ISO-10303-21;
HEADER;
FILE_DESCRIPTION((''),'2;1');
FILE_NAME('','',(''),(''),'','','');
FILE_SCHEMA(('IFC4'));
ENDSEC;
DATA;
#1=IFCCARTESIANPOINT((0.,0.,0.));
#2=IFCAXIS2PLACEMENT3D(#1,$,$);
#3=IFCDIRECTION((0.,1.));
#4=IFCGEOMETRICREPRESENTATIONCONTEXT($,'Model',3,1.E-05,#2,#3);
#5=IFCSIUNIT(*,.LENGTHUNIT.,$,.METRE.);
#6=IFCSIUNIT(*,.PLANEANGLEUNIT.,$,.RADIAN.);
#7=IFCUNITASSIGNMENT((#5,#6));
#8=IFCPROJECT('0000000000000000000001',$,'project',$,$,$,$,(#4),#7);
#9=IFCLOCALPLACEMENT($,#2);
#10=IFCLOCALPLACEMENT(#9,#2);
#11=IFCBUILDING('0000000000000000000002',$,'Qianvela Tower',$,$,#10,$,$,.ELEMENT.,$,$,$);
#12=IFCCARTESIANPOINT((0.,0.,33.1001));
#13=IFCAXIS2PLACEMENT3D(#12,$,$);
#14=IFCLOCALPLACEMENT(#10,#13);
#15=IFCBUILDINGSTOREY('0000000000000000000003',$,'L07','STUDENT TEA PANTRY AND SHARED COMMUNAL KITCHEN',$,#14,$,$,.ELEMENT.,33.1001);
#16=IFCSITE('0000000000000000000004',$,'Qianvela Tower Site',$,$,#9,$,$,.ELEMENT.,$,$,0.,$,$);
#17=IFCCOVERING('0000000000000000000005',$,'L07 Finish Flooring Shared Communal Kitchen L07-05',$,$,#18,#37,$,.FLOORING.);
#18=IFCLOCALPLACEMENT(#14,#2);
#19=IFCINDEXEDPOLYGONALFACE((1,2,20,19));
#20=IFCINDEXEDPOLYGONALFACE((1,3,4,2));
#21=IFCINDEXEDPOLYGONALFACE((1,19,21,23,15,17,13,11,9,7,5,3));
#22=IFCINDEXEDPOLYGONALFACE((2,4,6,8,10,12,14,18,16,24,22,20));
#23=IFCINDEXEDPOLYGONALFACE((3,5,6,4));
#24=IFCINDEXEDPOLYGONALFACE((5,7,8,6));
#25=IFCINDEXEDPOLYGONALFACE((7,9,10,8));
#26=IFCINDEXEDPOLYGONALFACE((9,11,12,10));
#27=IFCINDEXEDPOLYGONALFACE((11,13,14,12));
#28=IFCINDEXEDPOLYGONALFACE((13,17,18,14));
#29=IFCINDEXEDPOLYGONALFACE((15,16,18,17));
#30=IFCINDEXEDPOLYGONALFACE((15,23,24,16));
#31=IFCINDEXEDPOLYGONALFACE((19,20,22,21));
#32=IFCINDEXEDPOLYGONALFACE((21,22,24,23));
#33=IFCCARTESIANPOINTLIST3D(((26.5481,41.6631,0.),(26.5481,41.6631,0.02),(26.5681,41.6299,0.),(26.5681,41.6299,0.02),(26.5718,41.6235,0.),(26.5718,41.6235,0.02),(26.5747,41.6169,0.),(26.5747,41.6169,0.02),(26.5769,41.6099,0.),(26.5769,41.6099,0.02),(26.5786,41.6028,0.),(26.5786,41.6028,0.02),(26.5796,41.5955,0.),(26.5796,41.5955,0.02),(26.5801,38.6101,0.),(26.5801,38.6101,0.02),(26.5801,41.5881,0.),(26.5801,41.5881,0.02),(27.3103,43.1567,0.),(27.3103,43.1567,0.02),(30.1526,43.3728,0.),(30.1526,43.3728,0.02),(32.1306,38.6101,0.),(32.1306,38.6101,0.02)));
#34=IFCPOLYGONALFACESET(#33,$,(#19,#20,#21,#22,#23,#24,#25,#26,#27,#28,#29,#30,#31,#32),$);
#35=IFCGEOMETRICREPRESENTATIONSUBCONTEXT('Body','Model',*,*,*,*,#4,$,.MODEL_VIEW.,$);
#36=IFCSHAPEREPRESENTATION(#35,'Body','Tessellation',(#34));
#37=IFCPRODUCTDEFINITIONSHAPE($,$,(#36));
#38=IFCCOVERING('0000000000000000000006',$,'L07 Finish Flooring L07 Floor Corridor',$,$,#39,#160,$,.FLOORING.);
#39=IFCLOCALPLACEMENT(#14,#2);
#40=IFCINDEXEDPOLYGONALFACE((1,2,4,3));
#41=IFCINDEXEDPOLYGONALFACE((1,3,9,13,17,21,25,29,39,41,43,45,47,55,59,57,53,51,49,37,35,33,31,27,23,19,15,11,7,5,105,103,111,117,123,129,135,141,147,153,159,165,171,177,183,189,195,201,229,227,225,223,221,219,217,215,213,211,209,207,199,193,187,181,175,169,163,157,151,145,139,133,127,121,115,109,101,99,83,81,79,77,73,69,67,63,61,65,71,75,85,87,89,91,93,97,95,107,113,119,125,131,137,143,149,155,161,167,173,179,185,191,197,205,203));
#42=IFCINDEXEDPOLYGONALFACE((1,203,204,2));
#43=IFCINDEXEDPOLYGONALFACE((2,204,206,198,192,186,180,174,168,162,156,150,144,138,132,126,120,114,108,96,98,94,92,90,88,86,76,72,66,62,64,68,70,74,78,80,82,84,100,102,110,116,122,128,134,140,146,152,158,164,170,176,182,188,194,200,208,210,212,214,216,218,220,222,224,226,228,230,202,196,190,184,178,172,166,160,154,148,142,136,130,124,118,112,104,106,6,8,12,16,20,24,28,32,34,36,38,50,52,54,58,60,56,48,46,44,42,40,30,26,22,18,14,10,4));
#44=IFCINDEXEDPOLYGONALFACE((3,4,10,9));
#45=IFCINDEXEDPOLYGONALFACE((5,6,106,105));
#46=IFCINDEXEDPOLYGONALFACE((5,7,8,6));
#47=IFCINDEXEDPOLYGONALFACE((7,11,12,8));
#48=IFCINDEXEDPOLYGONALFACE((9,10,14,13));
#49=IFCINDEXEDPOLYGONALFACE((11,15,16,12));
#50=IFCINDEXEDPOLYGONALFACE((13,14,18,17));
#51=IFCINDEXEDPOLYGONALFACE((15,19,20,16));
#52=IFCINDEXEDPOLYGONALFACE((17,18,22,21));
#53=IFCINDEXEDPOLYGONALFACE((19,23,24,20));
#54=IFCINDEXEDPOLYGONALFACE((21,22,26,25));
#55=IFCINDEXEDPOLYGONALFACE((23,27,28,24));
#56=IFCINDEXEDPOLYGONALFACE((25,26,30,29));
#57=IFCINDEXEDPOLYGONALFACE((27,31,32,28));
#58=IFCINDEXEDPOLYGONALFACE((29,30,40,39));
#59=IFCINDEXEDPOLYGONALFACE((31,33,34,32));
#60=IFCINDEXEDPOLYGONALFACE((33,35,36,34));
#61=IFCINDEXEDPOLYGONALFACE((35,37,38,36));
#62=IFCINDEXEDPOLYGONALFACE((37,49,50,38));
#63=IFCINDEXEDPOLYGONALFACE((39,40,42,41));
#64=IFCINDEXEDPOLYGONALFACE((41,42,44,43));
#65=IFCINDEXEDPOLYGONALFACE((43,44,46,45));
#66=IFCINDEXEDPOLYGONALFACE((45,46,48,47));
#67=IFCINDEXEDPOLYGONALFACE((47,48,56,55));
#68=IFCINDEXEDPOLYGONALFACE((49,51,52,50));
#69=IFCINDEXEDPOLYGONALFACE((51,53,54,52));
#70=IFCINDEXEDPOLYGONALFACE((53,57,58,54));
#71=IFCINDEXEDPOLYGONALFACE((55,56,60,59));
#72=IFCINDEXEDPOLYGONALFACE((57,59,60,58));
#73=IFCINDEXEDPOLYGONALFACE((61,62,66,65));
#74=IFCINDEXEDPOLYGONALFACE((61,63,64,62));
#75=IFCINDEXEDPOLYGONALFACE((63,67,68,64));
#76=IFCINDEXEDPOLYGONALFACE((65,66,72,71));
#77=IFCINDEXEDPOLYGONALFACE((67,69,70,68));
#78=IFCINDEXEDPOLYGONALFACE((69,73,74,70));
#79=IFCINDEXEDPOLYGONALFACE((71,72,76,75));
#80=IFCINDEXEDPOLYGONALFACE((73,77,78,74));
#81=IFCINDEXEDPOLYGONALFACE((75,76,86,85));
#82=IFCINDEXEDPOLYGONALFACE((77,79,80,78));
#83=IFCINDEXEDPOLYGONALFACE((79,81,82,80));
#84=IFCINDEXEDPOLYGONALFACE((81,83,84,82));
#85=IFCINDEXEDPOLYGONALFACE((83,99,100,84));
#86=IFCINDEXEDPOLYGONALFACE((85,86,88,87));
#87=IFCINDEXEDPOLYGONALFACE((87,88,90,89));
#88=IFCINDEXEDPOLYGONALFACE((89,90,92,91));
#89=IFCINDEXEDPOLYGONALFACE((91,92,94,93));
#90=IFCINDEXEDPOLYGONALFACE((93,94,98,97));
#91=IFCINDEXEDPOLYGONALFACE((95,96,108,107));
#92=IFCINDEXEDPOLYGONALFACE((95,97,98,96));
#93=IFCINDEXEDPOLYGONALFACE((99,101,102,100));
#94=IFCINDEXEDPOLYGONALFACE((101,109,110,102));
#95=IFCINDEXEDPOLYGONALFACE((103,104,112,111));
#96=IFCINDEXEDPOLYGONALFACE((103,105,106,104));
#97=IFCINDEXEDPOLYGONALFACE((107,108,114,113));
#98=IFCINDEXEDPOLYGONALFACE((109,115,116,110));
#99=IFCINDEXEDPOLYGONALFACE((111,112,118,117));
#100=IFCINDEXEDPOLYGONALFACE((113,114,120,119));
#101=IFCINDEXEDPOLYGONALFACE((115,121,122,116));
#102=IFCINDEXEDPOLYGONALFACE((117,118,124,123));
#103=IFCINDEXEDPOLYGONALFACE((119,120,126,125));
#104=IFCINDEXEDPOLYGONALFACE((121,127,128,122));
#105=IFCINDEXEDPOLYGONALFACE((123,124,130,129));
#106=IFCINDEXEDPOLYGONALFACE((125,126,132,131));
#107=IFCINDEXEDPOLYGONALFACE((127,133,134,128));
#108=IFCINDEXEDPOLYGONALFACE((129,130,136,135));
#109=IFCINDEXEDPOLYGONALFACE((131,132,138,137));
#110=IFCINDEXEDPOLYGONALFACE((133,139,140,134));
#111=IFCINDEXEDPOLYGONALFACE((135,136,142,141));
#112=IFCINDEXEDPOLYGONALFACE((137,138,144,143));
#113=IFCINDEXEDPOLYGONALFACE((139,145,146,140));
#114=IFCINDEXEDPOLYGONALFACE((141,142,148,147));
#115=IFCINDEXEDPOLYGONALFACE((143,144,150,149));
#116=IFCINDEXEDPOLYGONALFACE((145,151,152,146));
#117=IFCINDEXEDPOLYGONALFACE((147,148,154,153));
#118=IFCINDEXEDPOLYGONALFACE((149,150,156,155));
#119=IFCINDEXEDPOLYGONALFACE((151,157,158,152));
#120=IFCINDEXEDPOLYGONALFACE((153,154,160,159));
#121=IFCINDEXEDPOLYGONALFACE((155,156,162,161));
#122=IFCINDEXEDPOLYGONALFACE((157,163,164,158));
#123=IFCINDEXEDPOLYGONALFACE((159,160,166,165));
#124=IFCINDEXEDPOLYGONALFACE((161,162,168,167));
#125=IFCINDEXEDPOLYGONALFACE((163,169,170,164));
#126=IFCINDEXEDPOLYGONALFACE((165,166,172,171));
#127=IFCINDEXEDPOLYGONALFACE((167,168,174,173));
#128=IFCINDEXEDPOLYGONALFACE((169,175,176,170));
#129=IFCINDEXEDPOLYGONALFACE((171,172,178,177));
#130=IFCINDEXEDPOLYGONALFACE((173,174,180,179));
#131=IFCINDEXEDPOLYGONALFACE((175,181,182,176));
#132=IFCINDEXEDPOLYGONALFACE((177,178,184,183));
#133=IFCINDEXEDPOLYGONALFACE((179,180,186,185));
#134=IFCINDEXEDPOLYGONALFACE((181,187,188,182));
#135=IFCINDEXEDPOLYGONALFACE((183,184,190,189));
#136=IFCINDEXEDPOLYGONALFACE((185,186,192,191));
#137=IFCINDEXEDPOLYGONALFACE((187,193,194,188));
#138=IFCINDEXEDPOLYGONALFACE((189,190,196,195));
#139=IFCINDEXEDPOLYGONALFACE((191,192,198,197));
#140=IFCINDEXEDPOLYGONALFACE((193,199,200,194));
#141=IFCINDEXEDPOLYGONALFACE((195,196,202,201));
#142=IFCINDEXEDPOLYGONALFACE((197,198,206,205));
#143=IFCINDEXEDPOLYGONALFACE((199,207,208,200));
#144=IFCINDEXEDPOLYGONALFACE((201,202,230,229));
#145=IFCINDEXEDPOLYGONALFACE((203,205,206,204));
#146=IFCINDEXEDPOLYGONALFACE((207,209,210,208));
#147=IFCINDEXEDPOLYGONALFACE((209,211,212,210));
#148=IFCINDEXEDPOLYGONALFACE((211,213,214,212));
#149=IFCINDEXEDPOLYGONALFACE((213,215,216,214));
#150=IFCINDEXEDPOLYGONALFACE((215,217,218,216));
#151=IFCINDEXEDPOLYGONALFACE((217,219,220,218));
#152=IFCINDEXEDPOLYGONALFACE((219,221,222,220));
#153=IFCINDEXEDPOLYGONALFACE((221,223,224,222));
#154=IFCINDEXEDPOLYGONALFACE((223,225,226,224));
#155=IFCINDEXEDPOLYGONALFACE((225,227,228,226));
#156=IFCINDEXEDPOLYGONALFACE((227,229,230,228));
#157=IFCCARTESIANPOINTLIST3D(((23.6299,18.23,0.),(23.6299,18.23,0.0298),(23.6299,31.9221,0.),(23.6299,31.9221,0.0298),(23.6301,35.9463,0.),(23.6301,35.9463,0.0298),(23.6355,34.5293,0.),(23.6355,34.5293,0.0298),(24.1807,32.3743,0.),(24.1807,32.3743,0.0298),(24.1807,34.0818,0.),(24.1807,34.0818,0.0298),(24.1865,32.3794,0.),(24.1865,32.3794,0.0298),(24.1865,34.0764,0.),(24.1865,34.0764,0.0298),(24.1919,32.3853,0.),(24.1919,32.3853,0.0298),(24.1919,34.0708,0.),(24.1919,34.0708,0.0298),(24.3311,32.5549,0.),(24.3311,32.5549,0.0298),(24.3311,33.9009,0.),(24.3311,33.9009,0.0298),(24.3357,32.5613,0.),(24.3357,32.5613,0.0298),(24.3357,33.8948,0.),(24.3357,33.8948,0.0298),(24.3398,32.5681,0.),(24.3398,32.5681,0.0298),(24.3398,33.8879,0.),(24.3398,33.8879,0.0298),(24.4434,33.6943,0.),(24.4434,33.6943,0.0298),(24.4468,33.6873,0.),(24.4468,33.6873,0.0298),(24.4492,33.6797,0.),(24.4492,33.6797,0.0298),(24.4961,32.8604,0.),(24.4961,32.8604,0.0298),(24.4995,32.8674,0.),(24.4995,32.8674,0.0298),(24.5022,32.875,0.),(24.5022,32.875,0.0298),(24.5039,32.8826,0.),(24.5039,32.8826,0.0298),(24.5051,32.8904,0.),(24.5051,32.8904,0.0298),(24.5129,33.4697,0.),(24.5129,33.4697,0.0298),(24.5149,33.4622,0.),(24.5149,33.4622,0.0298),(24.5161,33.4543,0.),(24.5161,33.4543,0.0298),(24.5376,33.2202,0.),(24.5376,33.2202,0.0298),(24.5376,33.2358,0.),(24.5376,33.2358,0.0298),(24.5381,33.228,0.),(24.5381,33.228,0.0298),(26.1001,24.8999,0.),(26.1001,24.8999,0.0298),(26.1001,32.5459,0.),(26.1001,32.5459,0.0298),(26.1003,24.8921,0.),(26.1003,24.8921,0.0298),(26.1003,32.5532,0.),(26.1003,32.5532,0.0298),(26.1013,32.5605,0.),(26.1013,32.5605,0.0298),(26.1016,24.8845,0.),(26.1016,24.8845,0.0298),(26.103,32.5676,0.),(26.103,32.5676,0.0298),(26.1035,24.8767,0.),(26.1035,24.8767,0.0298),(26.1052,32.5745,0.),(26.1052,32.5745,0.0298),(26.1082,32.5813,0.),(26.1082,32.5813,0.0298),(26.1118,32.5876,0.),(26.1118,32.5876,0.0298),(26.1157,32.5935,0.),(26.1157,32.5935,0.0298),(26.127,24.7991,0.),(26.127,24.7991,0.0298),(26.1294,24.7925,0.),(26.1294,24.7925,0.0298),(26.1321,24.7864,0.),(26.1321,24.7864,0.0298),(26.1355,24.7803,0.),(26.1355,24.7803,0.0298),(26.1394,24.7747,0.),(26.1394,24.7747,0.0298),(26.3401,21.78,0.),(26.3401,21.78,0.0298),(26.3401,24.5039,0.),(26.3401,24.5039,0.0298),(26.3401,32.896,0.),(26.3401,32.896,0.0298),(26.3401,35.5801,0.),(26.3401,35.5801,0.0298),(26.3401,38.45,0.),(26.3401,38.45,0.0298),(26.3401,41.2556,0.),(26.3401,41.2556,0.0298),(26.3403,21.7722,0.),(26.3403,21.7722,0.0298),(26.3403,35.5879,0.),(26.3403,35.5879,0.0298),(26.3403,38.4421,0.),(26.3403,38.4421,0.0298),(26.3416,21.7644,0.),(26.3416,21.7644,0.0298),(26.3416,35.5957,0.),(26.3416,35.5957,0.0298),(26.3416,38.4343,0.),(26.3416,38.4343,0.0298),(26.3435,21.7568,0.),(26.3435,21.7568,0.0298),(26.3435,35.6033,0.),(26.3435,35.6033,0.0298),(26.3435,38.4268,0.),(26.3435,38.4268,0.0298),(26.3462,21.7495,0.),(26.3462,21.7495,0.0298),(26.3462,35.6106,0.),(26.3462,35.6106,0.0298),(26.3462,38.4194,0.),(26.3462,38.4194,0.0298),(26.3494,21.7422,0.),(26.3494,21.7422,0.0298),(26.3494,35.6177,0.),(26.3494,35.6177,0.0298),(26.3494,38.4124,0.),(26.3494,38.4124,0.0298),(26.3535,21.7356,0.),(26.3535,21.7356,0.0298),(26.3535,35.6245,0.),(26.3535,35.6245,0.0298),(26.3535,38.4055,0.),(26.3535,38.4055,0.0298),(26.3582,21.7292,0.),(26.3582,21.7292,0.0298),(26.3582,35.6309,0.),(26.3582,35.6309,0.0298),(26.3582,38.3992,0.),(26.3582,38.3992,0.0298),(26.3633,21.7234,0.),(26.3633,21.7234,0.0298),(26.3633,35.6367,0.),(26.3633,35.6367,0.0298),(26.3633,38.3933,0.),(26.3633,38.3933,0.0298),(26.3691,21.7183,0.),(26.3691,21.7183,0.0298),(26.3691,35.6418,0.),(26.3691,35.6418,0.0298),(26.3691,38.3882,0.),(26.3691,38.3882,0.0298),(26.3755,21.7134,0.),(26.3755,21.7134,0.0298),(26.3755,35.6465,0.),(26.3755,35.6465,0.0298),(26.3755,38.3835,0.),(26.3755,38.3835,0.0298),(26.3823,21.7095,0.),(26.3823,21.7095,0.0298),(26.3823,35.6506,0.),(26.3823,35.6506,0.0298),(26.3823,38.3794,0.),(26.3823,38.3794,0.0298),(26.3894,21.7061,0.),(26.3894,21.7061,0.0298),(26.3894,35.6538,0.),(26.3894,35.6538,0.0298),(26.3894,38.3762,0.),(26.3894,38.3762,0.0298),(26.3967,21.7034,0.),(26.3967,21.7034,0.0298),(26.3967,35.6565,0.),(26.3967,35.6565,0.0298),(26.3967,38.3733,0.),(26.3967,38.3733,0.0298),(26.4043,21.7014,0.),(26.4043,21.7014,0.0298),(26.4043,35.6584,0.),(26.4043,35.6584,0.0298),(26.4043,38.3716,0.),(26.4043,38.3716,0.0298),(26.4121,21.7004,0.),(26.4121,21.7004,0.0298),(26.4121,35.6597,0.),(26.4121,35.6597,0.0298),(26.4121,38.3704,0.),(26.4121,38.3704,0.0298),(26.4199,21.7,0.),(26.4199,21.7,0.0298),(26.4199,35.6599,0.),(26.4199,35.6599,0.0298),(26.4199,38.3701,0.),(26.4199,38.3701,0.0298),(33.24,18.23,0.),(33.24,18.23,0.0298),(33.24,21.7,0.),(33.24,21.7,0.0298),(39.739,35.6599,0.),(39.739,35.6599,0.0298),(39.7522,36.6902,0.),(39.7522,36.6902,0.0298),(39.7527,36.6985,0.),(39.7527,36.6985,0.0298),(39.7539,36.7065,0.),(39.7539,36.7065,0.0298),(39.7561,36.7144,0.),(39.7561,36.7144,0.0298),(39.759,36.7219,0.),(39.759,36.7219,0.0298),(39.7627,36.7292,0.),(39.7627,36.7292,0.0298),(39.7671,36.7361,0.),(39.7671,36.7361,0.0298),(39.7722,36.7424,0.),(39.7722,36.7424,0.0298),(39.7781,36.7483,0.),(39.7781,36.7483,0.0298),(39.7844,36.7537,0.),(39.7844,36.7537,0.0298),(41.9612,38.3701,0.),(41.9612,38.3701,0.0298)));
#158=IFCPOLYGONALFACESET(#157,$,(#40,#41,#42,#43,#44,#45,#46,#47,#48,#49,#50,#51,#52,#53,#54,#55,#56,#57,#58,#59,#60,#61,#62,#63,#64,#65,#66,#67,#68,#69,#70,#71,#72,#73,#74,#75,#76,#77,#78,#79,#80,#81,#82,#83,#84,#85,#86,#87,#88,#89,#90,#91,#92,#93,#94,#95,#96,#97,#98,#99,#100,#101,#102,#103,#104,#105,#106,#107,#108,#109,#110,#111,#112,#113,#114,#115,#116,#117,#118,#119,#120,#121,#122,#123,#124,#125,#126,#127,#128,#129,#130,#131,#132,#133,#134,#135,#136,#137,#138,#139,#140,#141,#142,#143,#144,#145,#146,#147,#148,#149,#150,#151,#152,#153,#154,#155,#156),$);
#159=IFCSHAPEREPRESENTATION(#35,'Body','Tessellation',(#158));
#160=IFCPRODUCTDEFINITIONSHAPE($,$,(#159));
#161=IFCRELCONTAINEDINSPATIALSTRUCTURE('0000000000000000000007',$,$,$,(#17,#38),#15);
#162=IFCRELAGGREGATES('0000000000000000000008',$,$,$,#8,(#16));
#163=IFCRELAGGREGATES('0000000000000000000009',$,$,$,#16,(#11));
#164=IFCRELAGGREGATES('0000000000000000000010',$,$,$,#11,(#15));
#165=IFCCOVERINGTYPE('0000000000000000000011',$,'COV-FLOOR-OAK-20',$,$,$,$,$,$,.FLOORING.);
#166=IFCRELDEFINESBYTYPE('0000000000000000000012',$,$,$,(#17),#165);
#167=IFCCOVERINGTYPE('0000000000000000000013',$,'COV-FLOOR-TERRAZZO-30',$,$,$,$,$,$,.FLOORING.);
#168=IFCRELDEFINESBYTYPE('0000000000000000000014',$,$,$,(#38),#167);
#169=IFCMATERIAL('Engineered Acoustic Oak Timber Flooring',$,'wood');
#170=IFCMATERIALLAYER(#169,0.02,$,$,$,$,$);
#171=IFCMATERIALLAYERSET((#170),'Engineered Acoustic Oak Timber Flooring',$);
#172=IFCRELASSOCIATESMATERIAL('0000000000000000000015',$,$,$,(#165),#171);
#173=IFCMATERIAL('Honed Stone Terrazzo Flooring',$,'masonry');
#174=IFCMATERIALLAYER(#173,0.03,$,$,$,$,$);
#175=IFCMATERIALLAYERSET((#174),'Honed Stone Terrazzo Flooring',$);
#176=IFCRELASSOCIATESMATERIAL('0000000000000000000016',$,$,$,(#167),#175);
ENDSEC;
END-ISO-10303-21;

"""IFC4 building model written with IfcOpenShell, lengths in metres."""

from ifc_helpers import new_model, si_unit, direction, frame, origin, place, context, subcontext, project, spatial, polyline, outline, extrude, material, layer, layer_set, type_object, element, save


model = new_model("IFC4")

# Units and contexts
model_context = context("Model", 3, precision=1e-05, world=origin(), true_north=direction((0.0, 1.0)))
body_context = subcontext(model_context, "Body", "Model", "MODEL_VIEW")
ifc_project = project(units=[si_unit("LENGTHUNIT", "METRE"), si_unit("PLANEANGLEUNIT", "RADIAN")], contexts=[model_context])

# Site, building, storey
site_placement = place(None, origin())
site = spatial("IfcSite", under=ifc_project, at=site_placement, Name="Qianvela Tower Site", CompositionType="ELEMENT", RefElevation=0.0)
building_placement = place(site_placement, origin())
building = spatial("IfcBuilding", under=site, at=building_placement, Name="Qianvela Tower", CompositionType="ELEMENT")
storey_placement = place(building_placement, frame((0.0, 0.0, 33.1001)))
storey = spatial("IfcBuildingStorey", under=building, at=storey_placement, Name="L07", Description="STUDENT TEA PANTRY AND SHARED COMMUNAL KITCHEN", CompositionType="ELEMENT", Elevation=33.1001)

# Coverings
ifc_material_1 = material(Name="Engineered Acoustic Oak Timber Flooring", Category="wood")
ifc_layer_1 = layer(ifc_material_1, 0.02)
ifc_layer_set_1 = layer_set([ifc_layer_1], Name="Engineered Acoustic Oak Timber Flooring")
covering_type_1 = type_object("IfcCoveringType", Name="COV-FLOOR-OAK-20", PredefinedType="FLOORING", material=ifc_layer_set_1)
covering_1_placement = place(storey_placement, origin())
element("IfcCovering", 1, at=covering_1_placement, inside=storey, type_object=covering_type_1, Name="L07 Finish Flooring Shared Communal Kitchen L07-05", PredefinedType="FLOORING", context=body_context, shape_type="SweptSolid", body=[
    extrude(outline(polyline([(26.5801, 41.5881), (26.5796, 41.5955), (26.5786, 41.6028), (26.5769, 41.6099), (26.5747, 41.6169), (26.5718, 41.6235), (26.5681, 41.6299), (26.5481, 41.6631), (27.3103, 43.1567), (30.1526, 43.3728), (32.1306, 38.6101), (26.5801, 38.6101), (26.5801, 41.5881)])), origin(), (0.0, 0.0, 1.0), 0.02),
])
ifc_material_2 = material(Name="Honed Stone Terrazzo Flooring", Category="masonry")
ifc_layer_2 = layer(ifc_material_2, 0.03)
ifc_layer_set_2 = layer_set([ifc_layer_2], Name="Honed Stone Terrazzo Flooring")
covering_type_2 = type_object("IfcCoveringType", Name="COV-FLOOR-TERRAZZO-30", PredefinedType="FLOORING", material=ifc_layer_set_2)
covering_2_placement = place(storey_placement, origin())
element("IfcCovering", 2, at=covering_2_placement, inside=storey, type_object=covering_type_2, Name="L07 Finish Flooring L07 Floor Corridor", PredefinedType="FLOORING", context=body_context, shape_type="SweptSolid", body=[
    extrude(outline(polyline([(24.5161, 33.4543), (24.5149, 33.4622), (24.5129, 33.4697), (24.4492, 33.6797), (24.4468, 33.6873), (24.4434, 33.6943), (24.3398, 33.8879), (24.3357, 33.8948), (24.3311, 33.9009), (24.1919, 34.0708), (24.1865, 34.0764), (24.1807, 34.0818), (23.6355, 34.5293), (23.6301, 35.9463), (26.3401, 41.2556), (26.3401, 38.45), (26.3403, 38.4421), (26.3416, 38.4343), (26.3435, 38.4268), (26.3462, 38.4194), (26.3494, 38.4124), (26.3535, 38.4055), (26.3582, 38.3992), (26.3633, 38.3933), (26.3691, 38.3882), (26.3755, 38.3835), (26.3823, 38.3794), (26.3894, 38.3762), (26.3967, 38.3733), (26.4043, 38.3716), (26.4121, 38.3704), (26.4199, 38.3701), (41.9612, 38.3701), (39.7844, 36.7537), (39.7781, 36.7483), (39.7722, 36.7424), (39.7671, 36.7361), (39.7627, 36.7292), (39.759, 36.7219), (39.7561, 36.7144), (39.7539, 36.7065), (39.7527, 36.6985), (39.7522, 36.6902), (39.739, 35.6599), (26.4199, 35.6599), (26.4121, 35.6597), (26.4043, 35.6584), (26.3967, 35.6565), (26.3894, 35.6538), (26.3823, 35.6506), (26.3755, 35.6465), (26.3691, 35.6418), (26.3633, 35.6367), (26.3582, 35.6309), (26.3535, 35.6245), (26.3494, 35.6177), (26.3462, 35.6106), (26.3435, 35.6033), (26.3416, 35.5957), (26.3403, 35.5879), (26.3401, 35.5801), (26.3401, 32.896), (26.1157, 32.5935), (26.1118, 32.5876), (26.1082, 32.5813), (26.1052, 32.5745), (26.103, 32.5676), (26.1013, 32.5605), (26.1003, 32.5532), (26.1001, 32.5459), (26.1001, 24.8999), (26.1003, 24.8921), (26.1016, 24.8845), (26.1035, 24.8767), (26.127, 24.7991), (26.1294, 24.7925), (26.1321, 24.7864), (26.1355, 24.7803), (26.1394, 24.7747), (26.3401, 24.5039), (26.3401, 21.78), (26.3403, 21.7722), (26.3416, 21.7644), (26.3435, 21.7568), (26.3462, 21.7495), (26.3494, 21.7422), (26.3535, 21.7356), (26.3582, 21.7292), (26.3633, 21.7234), (26.3691, 21.7183), (26.3755, 21.7134), (26.3823, 21.7095), (26.3894, 21.7061), (26.3967, 21.7034), (26.4043, 21.7014), (26.4121, 21.7004), (26.4199, 21.7), (33.24, 21.7), (33.24, 18.23), (23.6299, 18.23), (23.6299, 31.9221), (24.1807, 32.3743), (24.1865, 32.3794), (24.1919, 32.3853), (24.3311, 32.5549), (24.3357, 32.5613), (24.3398, 32.5681), (24.4961, 32.8604), (24.4995, 32.8674), (24.5022, 32.875), (24.5039, 32.8826), (24.5051, 32.8904), (24.5376, 33.2202), (24.5381, 33.228), (24.5376, 33.2358), (24.5161, 33.4543)])), origin(), (0.0, 0.0, 1.0), 0.0298),
])

save(model, "model.ifc")
